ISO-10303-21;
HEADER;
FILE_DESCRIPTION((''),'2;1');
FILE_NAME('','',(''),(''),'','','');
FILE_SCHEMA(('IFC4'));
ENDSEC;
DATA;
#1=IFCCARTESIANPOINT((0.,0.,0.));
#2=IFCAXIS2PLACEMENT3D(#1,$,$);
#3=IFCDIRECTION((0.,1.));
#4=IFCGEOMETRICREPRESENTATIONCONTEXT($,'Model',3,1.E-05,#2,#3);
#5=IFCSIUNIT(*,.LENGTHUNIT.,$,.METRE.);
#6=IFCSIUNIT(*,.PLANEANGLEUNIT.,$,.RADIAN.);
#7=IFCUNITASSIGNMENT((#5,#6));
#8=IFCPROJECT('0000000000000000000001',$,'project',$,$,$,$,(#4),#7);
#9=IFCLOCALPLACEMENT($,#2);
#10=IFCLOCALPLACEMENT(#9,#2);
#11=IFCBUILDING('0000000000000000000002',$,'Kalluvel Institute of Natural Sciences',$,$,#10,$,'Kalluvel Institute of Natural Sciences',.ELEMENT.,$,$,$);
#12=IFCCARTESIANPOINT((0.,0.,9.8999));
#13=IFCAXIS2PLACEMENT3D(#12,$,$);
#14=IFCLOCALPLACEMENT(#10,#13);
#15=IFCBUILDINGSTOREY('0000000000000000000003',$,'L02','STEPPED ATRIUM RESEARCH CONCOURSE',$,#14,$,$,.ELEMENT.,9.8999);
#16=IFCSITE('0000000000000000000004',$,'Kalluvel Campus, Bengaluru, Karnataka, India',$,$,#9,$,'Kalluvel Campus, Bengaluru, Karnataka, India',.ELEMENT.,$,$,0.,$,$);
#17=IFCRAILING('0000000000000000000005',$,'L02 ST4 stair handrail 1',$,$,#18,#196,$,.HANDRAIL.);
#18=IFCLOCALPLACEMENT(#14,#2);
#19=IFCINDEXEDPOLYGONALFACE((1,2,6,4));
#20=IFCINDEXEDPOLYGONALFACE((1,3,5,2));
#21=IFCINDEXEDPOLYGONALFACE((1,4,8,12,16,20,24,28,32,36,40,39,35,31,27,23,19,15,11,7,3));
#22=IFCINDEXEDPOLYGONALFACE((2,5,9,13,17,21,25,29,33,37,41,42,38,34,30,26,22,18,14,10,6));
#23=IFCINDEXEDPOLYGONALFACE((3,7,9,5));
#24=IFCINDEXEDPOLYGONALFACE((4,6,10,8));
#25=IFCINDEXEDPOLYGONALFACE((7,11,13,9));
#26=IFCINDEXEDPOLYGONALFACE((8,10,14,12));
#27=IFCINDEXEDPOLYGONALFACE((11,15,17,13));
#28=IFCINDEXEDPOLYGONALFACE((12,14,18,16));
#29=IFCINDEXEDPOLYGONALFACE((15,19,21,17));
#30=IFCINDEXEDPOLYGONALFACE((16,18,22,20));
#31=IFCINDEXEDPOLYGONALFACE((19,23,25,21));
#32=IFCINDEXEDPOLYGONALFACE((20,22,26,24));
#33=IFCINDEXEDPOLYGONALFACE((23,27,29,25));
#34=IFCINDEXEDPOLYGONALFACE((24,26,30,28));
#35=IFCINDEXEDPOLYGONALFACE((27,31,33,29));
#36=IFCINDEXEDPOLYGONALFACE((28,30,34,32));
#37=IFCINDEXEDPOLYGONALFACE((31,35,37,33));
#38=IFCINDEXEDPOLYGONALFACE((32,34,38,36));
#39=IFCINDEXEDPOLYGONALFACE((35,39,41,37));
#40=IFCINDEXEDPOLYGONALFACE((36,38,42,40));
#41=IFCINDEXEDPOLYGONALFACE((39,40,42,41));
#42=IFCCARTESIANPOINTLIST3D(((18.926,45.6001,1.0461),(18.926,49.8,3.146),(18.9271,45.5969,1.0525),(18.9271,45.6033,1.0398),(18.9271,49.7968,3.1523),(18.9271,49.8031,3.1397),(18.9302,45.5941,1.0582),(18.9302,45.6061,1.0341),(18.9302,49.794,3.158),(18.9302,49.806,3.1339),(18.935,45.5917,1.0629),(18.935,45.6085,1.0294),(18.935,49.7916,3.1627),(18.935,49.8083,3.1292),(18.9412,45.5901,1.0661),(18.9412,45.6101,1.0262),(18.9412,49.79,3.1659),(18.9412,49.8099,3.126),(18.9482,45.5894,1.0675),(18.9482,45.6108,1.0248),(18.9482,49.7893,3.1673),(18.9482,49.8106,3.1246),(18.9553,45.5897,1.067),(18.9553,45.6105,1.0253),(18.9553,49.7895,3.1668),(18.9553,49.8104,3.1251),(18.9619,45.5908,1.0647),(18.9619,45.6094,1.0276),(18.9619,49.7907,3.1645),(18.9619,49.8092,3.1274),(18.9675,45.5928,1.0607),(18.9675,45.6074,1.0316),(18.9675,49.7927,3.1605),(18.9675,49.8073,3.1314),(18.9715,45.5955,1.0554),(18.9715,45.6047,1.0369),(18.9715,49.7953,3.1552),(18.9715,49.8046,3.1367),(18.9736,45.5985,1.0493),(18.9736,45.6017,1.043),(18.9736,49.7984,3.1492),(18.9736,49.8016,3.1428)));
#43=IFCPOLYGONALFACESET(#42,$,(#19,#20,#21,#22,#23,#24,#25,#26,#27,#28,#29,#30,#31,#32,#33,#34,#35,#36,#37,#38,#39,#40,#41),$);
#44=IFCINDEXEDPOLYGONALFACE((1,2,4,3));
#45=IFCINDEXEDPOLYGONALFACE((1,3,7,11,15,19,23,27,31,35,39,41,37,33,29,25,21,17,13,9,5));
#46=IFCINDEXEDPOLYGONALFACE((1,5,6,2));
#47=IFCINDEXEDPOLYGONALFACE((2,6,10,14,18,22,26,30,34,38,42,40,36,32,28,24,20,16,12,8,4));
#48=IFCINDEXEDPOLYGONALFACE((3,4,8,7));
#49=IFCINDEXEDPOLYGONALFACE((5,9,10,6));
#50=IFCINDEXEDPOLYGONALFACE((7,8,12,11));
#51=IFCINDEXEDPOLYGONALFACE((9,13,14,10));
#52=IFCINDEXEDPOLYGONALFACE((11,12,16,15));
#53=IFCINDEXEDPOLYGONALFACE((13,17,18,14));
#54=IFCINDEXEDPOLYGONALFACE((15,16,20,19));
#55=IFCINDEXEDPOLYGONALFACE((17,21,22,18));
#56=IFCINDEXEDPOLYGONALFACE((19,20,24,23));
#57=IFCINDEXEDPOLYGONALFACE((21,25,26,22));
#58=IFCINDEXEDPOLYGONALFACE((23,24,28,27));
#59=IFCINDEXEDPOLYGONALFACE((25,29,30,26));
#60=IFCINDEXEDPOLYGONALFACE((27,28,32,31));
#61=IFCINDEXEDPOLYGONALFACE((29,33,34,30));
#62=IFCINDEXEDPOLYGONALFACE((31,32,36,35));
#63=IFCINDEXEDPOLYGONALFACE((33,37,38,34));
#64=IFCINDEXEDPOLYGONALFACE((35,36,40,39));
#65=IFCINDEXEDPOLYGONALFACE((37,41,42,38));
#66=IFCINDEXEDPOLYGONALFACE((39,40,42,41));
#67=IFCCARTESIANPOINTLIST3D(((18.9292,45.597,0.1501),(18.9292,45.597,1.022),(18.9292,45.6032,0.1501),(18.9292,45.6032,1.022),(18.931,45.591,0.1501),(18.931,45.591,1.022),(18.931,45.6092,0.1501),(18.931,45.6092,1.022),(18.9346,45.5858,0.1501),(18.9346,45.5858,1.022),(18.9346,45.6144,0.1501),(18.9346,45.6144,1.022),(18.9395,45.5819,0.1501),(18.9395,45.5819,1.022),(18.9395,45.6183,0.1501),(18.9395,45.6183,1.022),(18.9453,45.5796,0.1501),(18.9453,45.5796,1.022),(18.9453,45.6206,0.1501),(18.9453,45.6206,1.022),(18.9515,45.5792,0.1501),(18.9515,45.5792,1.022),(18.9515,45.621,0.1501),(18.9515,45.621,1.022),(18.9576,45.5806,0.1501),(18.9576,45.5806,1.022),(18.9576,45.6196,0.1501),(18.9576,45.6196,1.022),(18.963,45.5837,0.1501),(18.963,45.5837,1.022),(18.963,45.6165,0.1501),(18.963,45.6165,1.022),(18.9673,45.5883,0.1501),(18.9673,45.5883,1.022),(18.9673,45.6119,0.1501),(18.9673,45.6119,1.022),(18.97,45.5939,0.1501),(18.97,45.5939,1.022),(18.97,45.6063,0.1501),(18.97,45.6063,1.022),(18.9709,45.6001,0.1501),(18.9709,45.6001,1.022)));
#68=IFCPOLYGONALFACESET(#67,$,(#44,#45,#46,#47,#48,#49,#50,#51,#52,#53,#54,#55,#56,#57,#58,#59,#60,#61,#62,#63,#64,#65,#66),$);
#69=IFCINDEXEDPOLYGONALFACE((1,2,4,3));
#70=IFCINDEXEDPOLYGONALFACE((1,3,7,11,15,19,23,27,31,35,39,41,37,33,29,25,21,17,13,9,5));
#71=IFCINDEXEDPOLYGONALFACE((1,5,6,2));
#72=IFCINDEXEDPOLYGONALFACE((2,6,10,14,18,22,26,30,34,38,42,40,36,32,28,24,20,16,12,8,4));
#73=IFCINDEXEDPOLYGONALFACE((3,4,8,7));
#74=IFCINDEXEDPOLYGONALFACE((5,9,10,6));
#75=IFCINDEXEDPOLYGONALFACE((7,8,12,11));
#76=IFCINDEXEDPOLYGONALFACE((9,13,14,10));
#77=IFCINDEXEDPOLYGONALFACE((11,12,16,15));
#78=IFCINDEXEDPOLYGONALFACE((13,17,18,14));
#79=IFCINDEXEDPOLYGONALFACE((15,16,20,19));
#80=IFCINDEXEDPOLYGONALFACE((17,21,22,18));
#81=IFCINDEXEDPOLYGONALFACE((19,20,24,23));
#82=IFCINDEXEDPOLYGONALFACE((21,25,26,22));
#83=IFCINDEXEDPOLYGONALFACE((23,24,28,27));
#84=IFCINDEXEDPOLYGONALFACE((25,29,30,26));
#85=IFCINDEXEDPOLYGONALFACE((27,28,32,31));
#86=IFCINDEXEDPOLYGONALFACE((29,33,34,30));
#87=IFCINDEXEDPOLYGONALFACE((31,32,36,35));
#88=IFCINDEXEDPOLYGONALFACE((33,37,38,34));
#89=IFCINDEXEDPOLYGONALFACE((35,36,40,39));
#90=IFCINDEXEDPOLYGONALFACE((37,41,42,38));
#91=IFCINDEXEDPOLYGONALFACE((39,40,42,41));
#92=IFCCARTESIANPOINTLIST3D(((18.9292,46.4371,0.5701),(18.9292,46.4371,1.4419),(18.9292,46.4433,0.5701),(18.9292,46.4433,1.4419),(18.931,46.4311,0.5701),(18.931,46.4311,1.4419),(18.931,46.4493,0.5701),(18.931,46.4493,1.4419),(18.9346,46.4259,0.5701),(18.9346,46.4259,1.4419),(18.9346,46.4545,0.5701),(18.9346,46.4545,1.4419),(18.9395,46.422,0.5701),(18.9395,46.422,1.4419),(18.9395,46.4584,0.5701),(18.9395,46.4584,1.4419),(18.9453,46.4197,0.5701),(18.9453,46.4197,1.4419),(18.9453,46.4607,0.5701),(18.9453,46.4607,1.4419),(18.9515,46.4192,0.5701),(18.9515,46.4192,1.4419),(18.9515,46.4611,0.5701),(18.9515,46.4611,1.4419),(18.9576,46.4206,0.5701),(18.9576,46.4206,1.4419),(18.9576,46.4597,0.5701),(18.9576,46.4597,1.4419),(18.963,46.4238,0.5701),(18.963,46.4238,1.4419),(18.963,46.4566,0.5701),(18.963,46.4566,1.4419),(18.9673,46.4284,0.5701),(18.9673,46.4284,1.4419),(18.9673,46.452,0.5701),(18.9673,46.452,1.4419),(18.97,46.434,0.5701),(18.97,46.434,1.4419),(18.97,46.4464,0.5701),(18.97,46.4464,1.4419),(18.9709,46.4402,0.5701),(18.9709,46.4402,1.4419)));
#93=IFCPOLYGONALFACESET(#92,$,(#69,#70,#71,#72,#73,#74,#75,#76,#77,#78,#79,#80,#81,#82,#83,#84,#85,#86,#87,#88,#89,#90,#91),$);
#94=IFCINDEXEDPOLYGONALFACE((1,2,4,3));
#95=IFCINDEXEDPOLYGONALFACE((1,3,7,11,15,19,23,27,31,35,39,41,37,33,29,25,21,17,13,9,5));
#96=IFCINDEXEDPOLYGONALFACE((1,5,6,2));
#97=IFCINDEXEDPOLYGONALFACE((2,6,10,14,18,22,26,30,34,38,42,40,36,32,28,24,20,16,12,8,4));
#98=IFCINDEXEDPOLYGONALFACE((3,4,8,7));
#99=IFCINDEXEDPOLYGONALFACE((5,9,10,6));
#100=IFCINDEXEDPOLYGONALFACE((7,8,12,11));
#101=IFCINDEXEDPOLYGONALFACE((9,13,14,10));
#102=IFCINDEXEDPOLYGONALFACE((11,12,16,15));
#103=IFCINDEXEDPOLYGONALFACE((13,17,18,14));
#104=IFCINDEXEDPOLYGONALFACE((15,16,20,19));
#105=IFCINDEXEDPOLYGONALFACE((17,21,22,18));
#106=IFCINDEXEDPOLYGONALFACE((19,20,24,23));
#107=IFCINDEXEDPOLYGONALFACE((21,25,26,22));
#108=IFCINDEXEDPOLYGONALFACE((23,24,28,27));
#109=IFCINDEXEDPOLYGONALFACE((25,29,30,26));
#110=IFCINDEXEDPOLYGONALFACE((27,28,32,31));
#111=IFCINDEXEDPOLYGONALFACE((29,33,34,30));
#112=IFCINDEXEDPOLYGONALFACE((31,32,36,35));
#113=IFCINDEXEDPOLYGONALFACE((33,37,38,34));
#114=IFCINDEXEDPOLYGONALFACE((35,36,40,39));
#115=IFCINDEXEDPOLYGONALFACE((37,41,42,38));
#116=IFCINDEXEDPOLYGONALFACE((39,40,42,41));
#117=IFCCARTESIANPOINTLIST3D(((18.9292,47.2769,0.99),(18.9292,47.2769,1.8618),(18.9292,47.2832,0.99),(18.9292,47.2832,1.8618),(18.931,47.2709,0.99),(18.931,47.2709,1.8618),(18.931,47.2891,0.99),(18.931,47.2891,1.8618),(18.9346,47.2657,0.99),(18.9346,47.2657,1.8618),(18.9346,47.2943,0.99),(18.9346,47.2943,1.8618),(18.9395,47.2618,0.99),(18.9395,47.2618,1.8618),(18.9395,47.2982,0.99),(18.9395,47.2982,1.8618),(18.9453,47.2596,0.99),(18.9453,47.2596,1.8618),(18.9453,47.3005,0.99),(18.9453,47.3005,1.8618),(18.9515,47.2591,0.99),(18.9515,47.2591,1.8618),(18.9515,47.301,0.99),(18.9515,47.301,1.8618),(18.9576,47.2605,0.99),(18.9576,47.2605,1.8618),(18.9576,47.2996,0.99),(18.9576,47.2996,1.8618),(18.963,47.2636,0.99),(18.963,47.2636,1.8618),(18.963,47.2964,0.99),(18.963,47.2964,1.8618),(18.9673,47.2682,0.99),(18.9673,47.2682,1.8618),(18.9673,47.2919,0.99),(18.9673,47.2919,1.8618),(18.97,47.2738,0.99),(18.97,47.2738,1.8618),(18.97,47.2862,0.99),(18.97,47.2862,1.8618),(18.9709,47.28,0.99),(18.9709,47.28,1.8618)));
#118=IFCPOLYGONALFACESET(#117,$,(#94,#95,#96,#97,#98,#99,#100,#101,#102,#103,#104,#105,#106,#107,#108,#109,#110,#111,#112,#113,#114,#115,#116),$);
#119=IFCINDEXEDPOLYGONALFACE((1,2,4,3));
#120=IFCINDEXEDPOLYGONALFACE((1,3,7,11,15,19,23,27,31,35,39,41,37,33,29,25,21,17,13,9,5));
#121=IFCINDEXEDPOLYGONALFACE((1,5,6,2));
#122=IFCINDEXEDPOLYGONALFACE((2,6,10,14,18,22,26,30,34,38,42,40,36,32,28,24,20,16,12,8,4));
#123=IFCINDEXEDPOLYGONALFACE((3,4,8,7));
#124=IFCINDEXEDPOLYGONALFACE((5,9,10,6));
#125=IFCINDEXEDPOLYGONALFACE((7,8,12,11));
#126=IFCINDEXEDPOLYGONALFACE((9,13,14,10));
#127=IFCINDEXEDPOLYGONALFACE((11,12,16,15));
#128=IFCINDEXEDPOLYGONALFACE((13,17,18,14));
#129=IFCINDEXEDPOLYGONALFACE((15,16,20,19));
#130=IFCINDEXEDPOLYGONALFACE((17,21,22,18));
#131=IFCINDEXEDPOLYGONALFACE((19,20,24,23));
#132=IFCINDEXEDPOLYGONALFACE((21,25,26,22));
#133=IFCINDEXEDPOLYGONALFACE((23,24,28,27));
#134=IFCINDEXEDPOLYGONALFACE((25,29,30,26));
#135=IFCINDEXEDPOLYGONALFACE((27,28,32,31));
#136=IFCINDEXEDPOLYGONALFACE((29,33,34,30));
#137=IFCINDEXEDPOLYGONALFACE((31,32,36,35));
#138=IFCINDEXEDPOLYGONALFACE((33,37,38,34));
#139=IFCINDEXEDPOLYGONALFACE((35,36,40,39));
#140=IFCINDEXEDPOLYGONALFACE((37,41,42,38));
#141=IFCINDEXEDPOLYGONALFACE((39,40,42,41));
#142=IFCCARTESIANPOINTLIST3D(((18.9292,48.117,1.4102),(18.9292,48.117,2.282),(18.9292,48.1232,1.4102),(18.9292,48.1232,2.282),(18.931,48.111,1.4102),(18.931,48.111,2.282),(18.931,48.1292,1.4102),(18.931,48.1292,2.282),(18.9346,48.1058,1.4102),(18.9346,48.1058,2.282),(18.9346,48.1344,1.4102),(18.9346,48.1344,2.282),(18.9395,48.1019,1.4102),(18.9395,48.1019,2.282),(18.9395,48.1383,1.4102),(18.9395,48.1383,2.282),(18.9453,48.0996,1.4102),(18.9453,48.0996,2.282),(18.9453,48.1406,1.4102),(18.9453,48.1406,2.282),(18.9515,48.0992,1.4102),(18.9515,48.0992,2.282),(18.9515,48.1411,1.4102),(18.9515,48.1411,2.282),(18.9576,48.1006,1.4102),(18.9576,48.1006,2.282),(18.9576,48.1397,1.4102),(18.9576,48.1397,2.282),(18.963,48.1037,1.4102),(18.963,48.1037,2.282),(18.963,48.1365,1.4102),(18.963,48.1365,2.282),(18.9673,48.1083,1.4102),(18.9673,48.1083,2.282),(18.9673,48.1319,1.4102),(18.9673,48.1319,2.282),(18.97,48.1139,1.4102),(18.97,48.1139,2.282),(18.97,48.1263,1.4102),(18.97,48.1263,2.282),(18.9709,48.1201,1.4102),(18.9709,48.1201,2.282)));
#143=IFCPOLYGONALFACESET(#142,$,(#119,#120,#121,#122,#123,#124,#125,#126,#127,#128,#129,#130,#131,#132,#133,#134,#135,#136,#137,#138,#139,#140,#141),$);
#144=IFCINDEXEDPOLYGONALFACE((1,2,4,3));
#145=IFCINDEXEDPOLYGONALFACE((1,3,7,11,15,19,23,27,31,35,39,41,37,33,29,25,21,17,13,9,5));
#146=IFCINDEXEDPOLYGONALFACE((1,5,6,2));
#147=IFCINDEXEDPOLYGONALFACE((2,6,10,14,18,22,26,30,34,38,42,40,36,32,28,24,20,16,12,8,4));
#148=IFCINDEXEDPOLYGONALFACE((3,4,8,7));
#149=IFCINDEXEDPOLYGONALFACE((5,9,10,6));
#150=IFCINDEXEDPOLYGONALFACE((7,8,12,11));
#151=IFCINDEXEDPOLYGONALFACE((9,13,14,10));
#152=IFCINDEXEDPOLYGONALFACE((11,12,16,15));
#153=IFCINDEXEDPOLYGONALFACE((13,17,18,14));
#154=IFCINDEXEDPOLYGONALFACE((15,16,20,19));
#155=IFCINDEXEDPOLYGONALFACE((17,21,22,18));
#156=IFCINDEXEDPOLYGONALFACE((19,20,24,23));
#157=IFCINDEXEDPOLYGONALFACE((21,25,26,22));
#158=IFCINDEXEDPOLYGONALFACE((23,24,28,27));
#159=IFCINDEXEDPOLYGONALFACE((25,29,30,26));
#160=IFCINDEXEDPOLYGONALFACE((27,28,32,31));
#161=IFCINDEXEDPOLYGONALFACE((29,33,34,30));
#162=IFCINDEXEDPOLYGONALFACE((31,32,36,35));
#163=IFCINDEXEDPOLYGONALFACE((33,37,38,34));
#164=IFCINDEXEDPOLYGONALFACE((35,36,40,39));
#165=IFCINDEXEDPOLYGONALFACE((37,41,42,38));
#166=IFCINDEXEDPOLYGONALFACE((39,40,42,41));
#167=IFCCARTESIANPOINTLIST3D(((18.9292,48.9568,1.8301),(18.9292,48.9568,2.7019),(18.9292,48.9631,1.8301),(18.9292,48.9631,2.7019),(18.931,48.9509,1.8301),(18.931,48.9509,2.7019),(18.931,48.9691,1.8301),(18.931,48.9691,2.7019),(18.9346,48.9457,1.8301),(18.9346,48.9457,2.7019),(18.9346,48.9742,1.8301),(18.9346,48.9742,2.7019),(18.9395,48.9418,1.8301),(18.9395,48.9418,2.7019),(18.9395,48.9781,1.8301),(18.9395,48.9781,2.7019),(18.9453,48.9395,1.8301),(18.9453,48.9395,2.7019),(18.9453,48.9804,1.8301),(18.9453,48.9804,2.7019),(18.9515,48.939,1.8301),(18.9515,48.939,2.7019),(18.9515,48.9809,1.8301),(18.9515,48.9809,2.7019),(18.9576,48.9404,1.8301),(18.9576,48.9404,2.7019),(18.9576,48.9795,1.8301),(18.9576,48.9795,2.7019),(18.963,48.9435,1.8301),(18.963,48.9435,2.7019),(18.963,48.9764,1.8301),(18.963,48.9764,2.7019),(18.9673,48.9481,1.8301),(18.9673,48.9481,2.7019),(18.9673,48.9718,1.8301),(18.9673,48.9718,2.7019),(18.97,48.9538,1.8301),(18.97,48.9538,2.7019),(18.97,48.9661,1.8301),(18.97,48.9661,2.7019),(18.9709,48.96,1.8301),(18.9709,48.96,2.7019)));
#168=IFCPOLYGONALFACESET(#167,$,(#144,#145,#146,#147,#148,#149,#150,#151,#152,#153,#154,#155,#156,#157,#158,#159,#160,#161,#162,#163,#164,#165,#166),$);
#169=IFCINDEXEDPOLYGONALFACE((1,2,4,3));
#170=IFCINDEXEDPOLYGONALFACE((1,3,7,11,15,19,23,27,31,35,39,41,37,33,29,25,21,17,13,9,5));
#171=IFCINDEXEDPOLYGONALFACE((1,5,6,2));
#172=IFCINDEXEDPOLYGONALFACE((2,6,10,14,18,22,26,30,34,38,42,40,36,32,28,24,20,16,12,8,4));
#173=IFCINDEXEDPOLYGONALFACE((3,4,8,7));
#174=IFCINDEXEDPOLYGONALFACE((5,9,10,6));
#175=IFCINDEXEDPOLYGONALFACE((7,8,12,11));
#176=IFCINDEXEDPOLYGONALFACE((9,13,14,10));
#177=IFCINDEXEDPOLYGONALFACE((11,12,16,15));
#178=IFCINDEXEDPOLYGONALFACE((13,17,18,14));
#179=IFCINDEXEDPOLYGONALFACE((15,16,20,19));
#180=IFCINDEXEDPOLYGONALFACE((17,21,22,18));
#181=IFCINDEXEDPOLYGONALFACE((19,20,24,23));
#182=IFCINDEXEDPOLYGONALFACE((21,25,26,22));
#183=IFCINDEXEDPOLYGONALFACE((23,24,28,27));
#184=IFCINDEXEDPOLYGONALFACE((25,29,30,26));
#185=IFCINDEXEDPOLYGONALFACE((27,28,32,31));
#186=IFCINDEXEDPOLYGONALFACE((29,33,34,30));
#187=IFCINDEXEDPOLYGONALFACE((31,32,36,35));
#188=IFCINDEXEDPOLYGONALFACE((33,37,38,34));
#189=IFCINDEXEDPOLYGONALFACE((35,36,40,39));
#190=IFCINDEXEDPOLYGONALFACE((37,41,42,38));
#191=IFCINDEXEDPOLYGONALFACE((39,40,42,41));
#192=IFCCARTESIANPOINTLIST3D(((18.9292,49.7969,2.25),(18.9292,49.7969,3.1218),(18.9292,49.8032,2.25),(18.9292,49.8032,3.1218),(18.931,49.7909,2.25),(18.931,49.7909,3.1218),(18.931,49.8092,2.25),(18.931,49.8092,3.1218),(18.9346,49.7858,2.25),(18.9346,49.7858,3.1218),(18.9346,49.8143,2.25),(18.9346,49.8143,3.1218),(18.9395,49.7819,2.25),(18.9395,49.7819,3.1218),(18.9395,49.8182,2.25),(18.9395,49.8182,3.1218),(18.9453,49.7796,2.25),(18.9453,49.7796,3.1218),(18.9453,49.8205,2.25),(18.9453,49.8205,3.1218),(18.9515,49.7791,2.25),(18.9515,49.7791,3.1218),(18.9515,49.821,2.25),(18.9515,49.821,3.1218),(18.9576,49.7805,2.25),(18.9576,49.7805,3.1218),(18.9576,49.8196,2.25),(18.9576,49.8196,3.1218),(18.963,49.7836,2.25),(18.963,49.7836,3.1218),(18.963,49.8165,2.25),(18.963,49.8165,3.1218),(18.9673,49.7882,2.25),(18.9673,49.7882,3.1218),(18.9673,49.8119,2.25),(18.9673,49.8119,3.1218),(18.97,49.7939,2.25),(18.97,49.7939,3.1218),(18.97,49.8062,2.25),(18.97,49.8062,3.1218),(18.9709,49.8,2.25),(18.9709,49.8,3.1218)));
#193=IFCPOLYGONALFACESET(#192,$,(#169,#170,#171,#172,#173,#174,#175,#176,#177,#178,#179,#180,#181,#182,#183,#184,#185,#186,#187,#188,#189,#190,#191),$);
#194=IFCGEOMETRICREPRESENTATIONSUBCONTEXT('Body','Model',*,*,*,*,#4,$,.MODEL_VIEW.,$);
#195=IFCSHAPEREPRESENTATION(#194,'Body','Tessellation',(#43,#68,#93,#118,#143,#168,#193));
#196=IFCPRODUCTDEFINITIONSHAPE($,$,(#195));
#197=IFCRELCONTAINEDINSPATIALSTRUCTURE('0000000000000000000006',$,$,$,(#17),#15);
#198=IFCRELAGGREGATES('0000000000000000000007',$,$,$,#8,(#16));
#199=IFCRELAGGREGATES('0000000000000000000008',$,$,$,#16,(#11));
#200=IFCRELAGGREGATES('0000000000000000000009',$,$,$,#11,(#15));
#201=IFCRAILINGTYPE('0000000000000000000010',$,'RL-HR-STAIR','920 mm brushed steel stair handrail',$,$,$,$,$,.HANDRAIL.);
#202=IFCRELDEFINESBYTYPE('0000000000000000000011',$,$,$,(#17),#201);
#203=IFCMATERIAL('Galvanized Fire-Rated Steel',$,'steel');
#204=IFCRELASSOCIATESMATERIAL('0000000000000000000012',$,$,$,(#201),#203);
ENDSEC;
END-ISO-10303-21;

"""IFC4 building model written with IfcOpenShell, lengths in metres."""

from ifc_helpers import new_model, si_unit, direction, frame, origin, origin_2d, place, context, subcontext, project, spatial, circle, extrude, material, type_object, element, save


model = new_model("IFC4")

# Units and contexts
model_context = context("Model", 3, precision=1e-05, world=origin(), true_north=direction((0.0, 1.0)))
body_context = subcontext(model_context, "Body", "Model", "MODEL_VIEW")
ifc_project = project(units=[si_unit("LENGTHUNIT", "METRE"), si_unit("PLANEANGLEUNIT", "RADIAN")], contexts=[model_context])

# Site, building, storey
site_placement = place(None, origin())
site = spatial("IfcSite", under=ifc_project, at=site_placement, Name="Kalluvel Campus, Bengaluru, Karnataka, India", LongName="Kalluvel Campus, Bengaluru, Karnataka, India", CompositionType="ELEMENT", RefElevation=0.0)
building_placement = place(site_placement, origin())
building = spatial("IfcBuilding", under=site, at=building_placement, Name="Kalluvel Institute of Natural Sciences", LongName="Kalluvel Institute of Natural Sciences", CompositionType="ELEMENT")
storey_placement = place(building_placement, frame((0.0, 0.0, 9.8999)))
storey = spatial("IfcBuildingStorey", under=building, at=storey_placement, Name="L02", Description="STEPPED ATRIUM RESEARCH CONCOURSE", CompositionType="ELEMENT", Elevation=9.8999)

# Shared definitions
ifc_material_1 = material(Name="Galvanized Fire-Rated Steel", Category="steel")

# Railing
railing_type_1 = type_object("IfcRailingType", Name="RL-HR-STAIR", Description="920 mm brushed steel stair handrail", PredefinedType="HANDRAIL", material=ifc_material_1)
railing_1_placement = place(storey_placement, frame((18.95, 45.6001, 0.1501)))
element("IfcRailing", 1, at=railing_1_placement, inside=storey, type_object=railing_type_1, Name="L02 ST4 stair handrail 1", PredefinedType="HANDRAIL", context=body_context, shape_type="SweptSolid", body=[
    extrude(circle(Radius=0.0239, at=origin_2d()), frame((0.0, 0.0, 0.896), z_axis=(0.0, 0.894438, 0.447193), x_axis=(-1.0, 0.0, 0.0)), (0.0, 0.0, 1.0), 4.6956),
    extrude(circle(Radius=0.021, at=origin_2d()), origin(), (0.0, 0.0, 1.0), 0.8718),
    extrude(circle(Radius=0.021, at=origin_2d()), frame((0.0, 0.8401, 0.4199)), (0.0, 0.0, 1.0), 0.8718),
    extrude(circle(Radius=0.021, at=origin_2d()), frame((0.0, 1.6799, 0.8398)), (0.0, 0.0, 1.0), 0.8718),
    extrude(circle(Radius=0.021, at=origin_2d()), frame((0.0, 2.52, 1.26)), (0.0, 0.0, 1.0), 0.8718),
    extrude(circle(Radius=0.021, at=origin_2d()), frame((0.0, 3.3599, 1.6799)), (0.0, 0.0, 1.0), 0.8718),
    extrude(circle(Radius=0.021, at=origin_2d()), frame((0.0, 4.2, 2.0999)), (0.0, 0.0, 1.0), 0.8718),
])

save(model, "model.ifc")
